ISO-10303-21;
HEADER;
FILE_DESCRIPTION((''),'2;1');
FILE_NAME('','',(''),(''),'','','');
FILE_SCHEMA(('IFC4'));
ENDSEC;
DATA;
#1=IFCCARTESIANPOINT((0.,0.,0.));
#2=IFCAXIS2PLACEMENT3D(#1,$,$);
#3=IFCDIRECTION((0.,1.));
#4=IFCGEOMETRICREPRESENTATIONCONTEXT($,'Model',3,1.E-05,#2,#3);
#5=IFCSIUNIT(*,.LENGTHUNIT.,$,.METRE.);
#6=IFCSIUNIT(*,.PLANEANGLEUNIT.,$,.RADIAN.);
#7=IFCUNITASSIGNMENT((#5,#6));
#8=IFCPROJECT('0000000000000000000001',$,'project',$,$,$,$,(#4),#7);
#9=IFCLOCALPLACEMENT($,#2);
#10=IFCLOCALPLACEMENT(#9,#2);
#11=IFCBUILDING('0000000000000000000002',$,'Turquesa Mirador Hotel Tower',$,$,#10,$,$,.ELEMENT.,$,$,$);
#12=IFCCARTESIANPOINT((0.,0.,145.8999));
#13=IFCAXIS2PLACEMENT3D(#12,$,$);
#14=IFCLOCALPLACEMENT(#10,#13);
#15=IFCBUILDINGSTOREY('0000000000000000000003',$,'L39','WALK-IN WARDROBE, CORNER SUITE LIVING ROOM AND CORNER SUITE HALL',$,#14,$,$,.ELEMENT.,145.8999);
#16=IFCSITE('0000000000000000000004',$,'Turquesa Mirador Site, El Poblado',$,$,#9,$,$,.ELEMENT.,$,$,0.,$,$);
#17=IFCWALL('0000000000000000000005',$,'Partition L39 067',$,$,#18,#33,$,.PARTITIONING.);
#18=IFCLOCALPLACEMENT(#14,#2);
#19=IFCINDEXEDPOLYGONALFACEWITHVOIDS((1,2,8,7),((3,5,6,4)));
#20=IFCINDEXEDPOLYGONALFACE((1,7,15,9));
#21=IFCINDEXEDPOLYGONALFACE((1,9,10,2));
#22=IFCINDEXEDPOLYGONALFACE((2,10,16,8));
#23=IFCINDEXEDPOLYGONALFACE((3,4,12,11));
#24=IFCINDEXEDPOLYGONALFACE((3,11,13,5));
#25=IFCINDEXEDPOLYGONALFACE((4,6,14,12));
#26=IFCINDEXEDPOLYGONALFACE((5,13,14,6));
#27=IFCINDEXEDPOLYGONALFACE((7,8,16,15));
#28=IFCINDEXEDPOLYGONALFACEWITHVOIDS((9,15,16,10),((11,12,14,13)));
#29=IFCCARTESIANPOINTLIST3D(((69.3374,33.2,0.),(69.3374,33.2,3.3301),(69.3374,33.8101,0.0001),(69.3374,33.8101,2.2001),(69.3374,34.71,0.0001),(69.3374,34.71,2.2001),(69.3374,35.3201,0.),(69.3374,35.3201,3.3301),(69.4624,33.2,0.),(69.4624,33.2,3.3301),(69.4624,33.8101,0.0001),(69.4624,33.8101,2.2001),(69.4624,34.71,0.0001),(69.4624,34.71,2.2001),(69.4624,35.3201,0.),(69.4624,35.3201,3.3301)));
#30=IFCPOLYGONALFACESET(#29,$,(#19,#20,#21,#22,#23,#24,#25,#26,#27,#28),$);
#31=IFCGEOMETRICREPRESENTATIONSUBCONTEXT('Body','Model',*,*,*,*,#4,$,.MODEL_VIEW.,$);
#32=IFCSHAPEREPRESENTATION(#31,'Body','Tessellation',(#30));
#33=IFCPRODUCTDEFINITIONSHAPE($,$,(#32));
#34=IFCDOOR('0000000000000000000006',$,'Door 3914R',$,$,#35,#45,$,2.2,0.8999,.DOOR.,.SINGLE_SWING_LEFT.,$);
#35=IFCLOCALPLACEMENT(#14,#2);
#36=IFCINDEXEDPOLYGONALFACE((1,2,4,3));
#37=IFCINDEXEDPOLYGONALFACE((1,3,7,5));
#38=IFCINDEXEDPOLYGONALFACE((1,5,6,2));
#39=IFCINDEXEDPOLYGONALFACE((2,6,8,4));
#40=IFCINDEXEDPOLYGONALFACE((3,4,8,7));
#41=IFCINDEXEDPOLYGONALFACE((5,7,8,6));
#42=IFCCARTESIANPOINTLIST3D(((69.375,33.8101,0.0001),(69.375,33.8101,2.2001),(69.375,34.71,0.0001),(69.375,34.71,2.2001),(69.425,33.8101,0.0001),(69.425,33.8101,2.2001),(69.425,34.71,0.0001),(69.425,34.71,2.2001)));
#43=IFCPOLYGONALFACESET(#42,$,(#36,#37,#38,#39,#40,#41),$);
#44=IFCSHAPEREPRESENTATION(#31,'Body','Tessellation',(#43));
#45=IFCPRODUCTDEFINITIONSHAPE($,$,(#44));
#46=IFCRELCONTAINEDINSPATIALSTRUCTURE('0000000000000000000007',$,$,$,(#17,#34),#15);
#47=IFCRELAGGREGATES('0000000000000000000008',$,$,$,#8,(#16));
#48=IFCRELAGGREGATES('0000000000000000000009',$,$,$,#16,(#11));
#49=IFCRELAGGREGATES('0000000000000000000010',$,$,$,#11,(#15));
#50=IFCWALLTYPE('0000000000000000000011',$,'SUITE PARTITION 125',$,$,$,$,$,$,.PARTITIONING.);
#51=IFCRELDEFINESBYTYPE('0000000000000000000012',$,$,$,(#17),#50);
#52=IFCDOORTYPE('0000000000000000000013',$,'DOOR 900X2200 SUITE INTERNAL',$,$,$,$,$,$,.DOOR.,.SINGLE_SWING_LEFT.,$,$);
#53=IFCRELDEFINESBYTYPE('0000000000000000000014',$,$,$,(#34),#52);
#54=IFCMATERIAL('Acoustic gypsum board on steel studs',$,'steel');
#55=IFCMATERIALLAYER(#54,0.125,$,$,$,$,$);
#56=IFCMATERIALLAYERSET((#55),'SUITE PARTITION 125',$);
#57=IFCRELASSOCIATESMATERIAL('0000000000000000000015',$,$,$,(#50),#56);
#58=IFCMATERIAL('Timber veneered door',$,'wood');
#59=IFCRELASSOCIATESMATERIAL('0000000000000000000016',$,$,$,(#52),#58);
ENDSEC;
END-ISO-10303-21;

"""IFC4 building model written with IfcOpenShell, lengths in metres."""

from ifc_helpers import new_model, si_unit, direction, frame, frame_2d, origin, place, context, subcontext, project, spatial, rectangle, extrude, material, layer, layer_set, type_object, element, fill, save


model = new_model("IFC4")

# Units and contexts
model_context = context("Model", 3, precision=1e-05, world=origin(), true_north=direction((0.0, 1.0)))
body_context = subcontext(model_context, "Body", "Model", "MODEL_VIEW")
ifc_project = project(units=[si_unit("LENGTHUNIT", "METRE"), si_unit("PLANEANGLEUNIT", "RADIAN")], contexts=[model_context])

# Site, building, storey
site_placement = place(None, origin())
site = spatial("IfcSite", under=ifc_project, at=site_placement, Name="Turquesa Mirador Site, El Poblado", CompositionType="ELEMENT", RefElevation=0.0)
building_placement = place(site_placement, origin())
building = spatial("IfcBuilding", under=site, at=building_placement, Name="Turquesa Mirador Hotel Tower", CompositionType="ELEMENT")
storey_placement = place(building_placement, frame((0.0, 0.0, 145.8999)))
storey = spatial("IfcBuildingStorey", under=building, at=storey_placement, Name="L39", Description="WALK-IN WARDROBE, CORNER SUITE LIVING ROOM AND CORNER SUITE HALL", CompositionType="ELEMENT", Elevation=145.8999)

# Wall, opening, door
ifc_material_1 = material(Name="Acoustic gypsum board on steel studs", Category="steel")
ifc_layer_1 = layer(ifc_material_1, 0.125)
ifc_layer_set_1 = layer_set([ifc_layer_1], Name="SUITE PARTITION 125")
wall_type_1 = type_object("IfcWallType", Name="SUITE PARTITION 125", PredefinedType="PARTITIONING", material=ifc_layer_set_1)
ifc_material_2 = material(Name="Timber veneered door", Category="wood")
door_type_1 = type_object("IfcDoorType", Name="DOOR 900X2200 SUITE INTERNAL", OperationType="SINGLE_SWING_LEFT", PredefinedType="DOOR", material=ifc_material_2)
wall_1_placement = place(storey_placement, frame((69.3999, 33.2, 0.0), z_axis=(0.0, 0.0, 1.0), x_axis=(0.0, 1.0, 0.0)))
wall_1 = element("IfcWall", 1, at=wall_1_placement, inside=storey, type_object=wall_type_1, Name="Partition L39 067", PredefinedType="PARTITIONING", context=body_context, shape_type="SweptSolid", body=[
    extrude(rectangle(XDim=2.1201, YDim=0.125, at=frame_2d((1.0601, 0.0))), origin(), (0.0, 0.0, 1.0), 3.3301),
])
opening_1_placement = place(wall_1_placement, frame((0.6101, 0.0, 0.0)))
opening_1 = element("IfcOpeningElement", 2, at=opening_1_placement, cuts=wall_1, PredefinedType="OPENING", context=body_context, shape_type="SweptSolid", body=[
    extrude(rectangle(XDim=0.8999, YDim=2.2, at=frame_2d((0.45, 1.1001))), frame((0.0, 0.0725, 0.0), z_axis=(0.0, -1.0, 0.0), x_axis=(1.0, 0.0, 0.0)), (0.0, 0.0, 1.0), 0.145),
])
door_1_placement = place(opening_1_placement, origin())
door_1 = element("IfcDoor", 3, at=door_1_placement, inside=storey, type_object=door_type_1, Name="Door 3914R", OperationType="SINGLE_SWING_LEFT", OverallHeight=2.2, OverallWidth=0.8999, PredefinedType="DOOR", context=body_context, shape_type="SweptSolid", body=[
    extrude(rectangle(XDim=0.8999, YDim=2.2, at=frame_2d((0.45, 1.1001))), frame((0.0, 0.0249, 0.0), z_axis=(0.0, -1.0, 0.0), x_axis=(1.0, 0.0, 0.0)), (0.0, 0.0, 1.0), 0.05),
])
fill(opening_1, door_1)

save(model, "model.ifc")
